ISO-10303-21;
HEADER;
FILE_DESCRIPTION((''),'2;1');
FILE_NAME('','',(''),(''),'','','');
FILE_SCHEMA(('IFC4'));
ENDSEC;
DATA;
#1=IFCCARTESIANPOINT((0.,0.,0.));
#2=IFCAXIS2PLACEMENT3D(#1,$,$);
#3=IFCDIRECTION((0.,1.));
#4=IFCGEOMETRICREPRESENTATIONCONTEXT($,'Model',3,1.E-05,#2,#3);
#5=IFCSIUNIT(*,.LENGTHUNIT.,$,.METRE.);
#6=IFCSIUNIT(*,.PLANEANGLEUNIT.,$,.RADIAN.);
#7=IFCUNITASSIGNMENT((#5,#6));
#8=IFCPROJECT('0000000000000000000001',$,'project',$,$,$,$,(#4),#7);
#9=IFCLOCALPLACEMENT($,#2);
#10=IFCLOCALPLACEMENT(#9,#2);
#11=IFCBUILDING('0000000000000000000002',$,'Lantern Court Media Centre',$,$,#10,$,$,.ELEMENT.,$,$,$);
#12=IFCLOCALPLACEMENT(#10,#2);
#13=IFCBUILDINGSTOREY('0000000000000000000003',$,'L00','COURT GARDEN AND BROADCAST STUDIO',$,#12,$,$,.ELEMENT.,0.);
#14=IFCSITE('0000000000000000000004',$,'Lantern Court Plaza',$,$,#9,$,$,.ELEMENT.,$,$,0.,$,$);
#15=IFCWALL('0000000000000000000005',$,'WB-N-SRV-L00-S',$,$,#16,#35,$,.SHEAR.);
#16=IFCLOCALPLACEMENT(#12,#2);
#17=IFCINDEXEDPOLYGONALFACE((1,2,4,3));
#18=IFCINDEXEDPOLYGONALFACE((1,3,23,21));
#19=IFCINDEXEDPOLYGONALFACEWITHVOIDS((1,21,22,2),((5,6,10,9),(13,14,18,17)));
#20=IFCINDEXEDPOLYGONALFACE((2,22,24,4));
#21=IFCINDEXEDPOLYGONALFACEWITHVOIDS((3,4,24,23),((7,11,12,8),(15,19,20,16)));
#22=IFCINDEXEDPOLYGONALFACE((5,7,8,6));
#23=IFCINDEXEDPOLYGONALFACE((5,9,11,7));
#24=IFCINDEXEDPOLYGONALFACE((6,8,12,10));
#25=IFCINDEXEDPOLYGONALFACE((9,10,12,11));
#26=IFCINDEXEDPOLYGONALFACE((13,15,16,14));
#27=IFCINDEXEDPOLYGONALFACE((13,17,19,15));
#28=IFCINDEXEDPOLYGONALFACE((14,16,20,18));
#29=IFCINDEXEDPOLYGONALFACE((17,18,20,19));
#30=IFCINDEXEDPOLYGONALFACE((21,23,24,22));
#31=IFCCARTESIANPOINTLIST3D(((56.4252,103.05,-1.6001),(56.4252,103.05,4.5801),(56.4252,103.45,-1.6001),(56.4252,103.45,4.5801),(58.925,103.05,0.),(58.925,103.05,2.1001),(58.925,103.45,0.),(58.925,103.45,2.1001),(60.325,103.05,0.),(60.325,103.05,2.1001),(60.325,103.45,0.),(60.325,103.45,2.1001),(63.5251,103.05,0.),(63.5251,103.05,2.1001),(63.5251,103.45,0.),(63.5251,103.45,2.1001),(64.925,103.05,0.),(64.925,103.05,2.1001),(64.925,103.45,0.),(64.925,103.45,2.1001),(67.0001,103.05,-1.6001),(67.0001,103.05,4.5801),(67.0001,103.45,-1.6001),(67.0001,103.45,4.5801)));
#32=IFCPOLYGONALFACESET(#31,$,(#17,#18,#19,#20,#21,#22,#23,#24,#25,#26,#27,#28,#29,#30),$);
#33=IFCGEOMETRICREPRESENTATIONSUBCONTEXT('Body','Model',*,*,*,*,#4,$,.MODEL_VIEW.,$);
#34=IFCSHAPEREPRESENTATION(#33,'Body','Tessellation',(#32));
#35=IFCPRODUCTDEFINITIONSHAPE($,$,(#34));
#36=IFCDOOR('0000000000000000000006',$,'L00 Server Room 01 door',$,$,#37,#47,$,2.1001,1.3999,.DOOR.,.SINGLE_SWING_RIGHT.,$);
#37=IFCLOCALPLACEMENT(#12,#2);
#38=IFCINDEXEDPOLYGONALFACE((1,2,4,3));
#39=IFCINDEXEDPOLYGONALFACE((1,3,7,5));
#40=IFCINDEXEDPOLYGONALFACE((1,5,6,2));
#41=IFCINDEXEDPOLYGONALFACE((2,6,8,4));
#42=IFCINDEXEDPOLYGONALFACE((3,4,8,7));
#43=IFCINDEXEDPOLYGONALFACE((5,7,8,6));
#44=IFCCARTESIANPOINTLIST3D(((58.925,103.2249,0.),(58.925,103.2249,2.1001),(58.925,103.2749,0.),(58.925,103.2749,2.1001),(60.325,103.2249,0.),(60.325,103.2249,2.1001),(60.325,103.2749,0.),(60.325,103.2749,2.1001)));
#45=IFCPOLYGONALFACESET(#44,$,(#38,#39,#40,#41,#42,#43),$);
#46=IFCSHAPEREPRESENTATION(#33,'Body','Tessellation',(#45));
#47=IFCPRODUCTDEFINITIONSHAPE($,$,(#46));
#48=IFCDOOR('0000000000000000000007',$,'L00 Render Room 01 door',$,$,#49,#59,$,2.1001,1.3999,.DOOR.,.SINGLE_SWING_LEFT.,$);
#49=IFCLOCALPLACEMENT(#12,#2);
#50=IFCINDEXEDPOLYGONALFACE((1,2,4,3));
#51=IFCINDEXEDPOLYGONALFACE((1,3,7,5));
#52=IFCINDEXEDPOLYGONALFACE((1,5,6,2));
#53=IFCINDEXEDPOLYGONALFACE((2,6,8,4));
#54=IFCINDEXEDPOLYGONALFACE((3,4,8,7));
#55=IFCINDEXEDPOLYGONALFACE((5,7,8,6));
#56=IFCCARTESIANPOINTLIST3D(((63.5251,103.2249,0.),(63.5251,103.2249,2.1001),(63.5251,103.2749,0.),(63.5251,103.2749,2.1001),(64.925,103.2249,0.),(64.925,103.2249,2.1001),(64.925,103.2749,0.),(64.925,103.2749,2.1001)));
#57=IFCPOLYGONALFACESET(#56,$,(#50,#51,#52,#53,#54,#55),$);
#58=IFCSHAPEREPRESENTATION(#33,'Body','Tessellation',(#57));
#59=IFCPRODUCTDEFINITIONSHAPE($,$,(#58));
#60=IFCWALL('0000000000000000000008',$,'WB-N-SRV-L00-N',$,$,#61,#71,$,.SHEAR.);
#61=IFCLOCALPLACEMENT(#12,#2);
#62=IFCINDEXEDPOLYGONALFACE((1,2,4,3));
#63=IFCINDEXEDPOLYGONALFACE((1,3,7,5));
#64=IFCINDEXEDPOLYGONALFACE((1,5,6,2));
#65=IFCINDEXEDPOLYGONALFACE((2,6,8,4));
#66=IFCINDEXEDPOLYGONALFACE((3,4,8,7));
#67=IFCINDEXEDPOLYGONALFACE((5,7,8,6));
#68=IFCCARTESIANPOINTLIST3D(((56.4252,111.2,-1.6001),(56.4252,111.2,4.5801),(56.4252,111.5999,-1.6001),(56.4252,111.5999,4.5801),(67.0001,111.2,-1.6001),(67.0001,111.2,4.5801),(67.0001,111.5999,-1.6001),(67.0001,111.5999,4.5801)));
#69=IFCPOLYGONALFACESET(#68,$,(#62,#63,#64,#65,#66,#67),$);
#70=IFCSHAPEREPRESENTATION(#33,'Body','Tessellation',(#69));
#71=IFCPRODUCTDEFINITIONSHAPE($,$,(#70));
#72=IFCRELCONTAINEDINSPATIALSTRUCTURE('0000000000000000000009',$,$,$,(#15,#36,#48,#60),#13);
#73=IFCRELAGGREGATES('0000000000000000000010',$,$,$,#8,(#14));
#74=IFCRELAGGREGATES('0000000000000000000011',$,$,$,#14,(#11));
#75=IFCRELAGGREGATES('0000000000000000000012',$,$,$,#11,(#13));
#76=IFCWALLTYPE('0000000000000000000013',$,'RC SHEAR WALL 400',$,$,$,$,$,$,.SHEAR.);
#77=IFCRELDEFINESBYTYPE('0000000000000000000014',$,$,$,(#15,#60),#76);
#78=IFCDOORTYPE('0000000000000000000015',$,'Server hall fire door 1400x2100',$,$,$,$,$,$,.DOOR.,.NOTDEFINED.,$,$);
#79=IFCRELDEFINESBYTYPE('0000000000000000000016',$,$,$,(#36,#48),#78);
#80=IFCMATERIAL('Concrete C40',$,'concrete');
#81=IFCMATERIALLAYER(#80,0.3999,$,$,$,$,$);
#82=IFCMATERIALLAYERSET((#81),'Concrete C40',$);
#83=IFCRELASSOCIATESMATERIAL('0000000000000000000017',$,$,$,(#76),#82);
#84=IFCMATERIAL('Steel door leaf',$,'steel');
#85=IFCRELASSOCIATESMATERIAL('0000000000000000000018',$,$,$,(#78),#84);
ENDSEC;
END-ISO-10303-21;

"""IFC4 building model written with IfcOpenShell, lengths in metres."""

from ifc_helpers import new_model, si_unit, direction, frame, frame_2d, origin, place, context, subcontext, project, spatial, rectangle, extrude, material, layer, layer_set, type_object, element, fill, save


model = new_model("IFC4")

# Units and contexts
model_context = context("Model", 3, precision=1e-05, world=origin(), true_north=direction((0.0, 1.0)))
body_context = subcontext(model_context, "Body", "Model", "MODEL_VIEW")
ifc_project = project(units=[si_unit("LENGTHUNIT", "METRE"), si_unit("PLANEANGLEUNIT", "RADIAN")], contexts=[model_context])

# Site, building, storey
site_placement = place(None, origin())
site = spatial("IfcSite", under=ifc_project, at=site_placement, Name="Lantern Court Plaza", CompositionType="ELEMENT", RefElevation=0.0)
building_placement = place(site_placement, origin())
building = spatial("IfcBuilding", under=site, at=building_placement, Name="Lantern Court Media Centre", CompositionType="ELEMENT")
storey_placement = place(building_placement, origin())
storey = spatial("IfcBuildingStorey", under=building, at=storey_placement, Name="L00", Description="COURT GARDEN AND BROADCAST STUDIO", CompositionType="ELEMENT", Elevation=0.0)

# Wall, openings, doors
ifc_material_1 = material(Name="Concrete C40", Category="concrete")
ifc_layer_1 = layer(ifc_material_1, 0.3999)
ifc_layer_set_1 = layer_set([ifc_layer_1], Name="Concrete C40")
wall_type_1 = type_object("IfcWallType", Name="RC SHEAR WALL 400", PredefinedType="SHEAR", material=ifc_layer_set_1)
wall_1_placement = place(storey_placement, frame((56.425, 103.25, -1.6001), z_axis=(0.0, 0.0, 1.0), x_axis=(1.0, 0.0, 0.0)))
wall_1 = element("IfcWall", 1, at=wall_1_placement, inside=storey, type_object=wall_type_1, Name="WB-N-SRV-L00-S", PredefinedType="SHEAR", context=body_context, shape_type="SweptSolid", body=[
    extrude(rectangle(XDim=10.575, YDim=0.3999, at=frame_2d((5.2876, 0.0))), origin(), (0.0, 0.0, 1.0), 6.1802),
])
opening_1_placement = place(wall_1_placement, frame((2.5, 0.0, 1.6001)))
opening_1 = element("IfcOpeningElement", 2, at=opening_1_placement, cuts=wall_1, PredefinedType="OPENING", context=body_context, shape_type="SweptSolid", body=[
    extrude(rectangle(XDim=1.3999, YDim=2.1001, at=frame_2d((0.7, 1.05))), frame((0.0, 0.21, 0.0), z_axis=(0.0, -1.0, 0.0), x_axis=(1.0, 0.0, 0.0)), (0.0, 0.0, 1.0), 0.4199),
])
opening_2_placement = place(wall_1_placement, frame((7.1001, 0.0, 1.6001)))
opening_2 = element("IfcOpeningElement", 3, at=opening_2_placement, cuts=wall_1, PredefinedType="OPENING", context=body_context, shape_type="SweptSolid", body=[
    extrude(rectangle(XDim=1.3999, YDim=2.1001, at=frame_2d((0.7, 1.05))), frame((0.0, 0.21, 0.0), z_axis=(0.0, -1.0, 0.0), x_axis=(1.0, 0.0, 0.0)), (0.0, 0.0, 1.0), 0.4199),
])
ifc_material_2 = material(Name="Steel door leaf", Category="steel")
door_type = type_object("IfcDoorType", Name="Server hall fire door 1400x2100", OperationType="NOTDEFINED", PredefinedType="DOOR", material=ifc_material_2)
door_1_placement = place(opening_1_placement, origin())
door_1 = element("IfcDoor", 4, at=door_1_placement, inside=storey, type_object=door_type, Name="L00 Server Room 01 door", OperationType="SINGLE_SWING_RIGHT", OverallHeight=2.1001, OverallWidth=1.3999, PredefinedType="DOOR", context=body_context, shape_type="SweptSolid", body=[
    extrude(rectangle(XDim=1.3999, YDim=2.1001, at=frame_2d((0.7, 1.05))), frame((0.0, 0.0249, 0.0), z_axis=(0.0, -1.0, 0.0), x_axis=(1.0, 0.0, 0.0)), (0.0, 0.0, 1.0), 0.05),
])
fill(opening_1, door_1)
door_2_placement = place(opening_2_placement, origin())
door_2 = element("IfcDoor", 5, at=door_2_placement, inside=storey, type_object=door_type, Name="L00 Render Room 01 door", OperationType="SINGLE_SWING_LEFT", OverallHeight=2.1001, OverallWidth=1.3999, PredefinedType="DOOR", context=body_context, shape_type="SweptSolid", body=[
    extrude(rectangle(XDim=1.3999, YDim=2.1001, at=frame_2d((0.7, 1.05))), frame((0.0, 0.0249, 0.0), z_axis=(0.0, -1.0, 0.0), x_axis=(1.0, 0.0, 0.0)), (0.0, 0.0, 1.0), 0.05),
])
fill(opening_2, door_2)

# Wall
wall_2_placement = place(storey_placement, frame((56.425, 111.3999, -1.6001), z_axis=(0.0, 0.0, 1.0), x_axis=(1.0, 0.0, 0.0)))
element("IfcWall", 6, at=wall_2_placement, inside=storey, type_object=wall_type_1, Name="WB-N-SRV-L00-N", PredefinedType="SHEAR", context=body_context, shape_type="SweptSolid", body=[
    extrude(rectangle(XDim=10.575, YDim=0.3999, at=frame_2d((5.2876, 0.0))), origin(), (0.0, 0.0, 1.0), 6.1802),
])

save(model, "model.ifc")
